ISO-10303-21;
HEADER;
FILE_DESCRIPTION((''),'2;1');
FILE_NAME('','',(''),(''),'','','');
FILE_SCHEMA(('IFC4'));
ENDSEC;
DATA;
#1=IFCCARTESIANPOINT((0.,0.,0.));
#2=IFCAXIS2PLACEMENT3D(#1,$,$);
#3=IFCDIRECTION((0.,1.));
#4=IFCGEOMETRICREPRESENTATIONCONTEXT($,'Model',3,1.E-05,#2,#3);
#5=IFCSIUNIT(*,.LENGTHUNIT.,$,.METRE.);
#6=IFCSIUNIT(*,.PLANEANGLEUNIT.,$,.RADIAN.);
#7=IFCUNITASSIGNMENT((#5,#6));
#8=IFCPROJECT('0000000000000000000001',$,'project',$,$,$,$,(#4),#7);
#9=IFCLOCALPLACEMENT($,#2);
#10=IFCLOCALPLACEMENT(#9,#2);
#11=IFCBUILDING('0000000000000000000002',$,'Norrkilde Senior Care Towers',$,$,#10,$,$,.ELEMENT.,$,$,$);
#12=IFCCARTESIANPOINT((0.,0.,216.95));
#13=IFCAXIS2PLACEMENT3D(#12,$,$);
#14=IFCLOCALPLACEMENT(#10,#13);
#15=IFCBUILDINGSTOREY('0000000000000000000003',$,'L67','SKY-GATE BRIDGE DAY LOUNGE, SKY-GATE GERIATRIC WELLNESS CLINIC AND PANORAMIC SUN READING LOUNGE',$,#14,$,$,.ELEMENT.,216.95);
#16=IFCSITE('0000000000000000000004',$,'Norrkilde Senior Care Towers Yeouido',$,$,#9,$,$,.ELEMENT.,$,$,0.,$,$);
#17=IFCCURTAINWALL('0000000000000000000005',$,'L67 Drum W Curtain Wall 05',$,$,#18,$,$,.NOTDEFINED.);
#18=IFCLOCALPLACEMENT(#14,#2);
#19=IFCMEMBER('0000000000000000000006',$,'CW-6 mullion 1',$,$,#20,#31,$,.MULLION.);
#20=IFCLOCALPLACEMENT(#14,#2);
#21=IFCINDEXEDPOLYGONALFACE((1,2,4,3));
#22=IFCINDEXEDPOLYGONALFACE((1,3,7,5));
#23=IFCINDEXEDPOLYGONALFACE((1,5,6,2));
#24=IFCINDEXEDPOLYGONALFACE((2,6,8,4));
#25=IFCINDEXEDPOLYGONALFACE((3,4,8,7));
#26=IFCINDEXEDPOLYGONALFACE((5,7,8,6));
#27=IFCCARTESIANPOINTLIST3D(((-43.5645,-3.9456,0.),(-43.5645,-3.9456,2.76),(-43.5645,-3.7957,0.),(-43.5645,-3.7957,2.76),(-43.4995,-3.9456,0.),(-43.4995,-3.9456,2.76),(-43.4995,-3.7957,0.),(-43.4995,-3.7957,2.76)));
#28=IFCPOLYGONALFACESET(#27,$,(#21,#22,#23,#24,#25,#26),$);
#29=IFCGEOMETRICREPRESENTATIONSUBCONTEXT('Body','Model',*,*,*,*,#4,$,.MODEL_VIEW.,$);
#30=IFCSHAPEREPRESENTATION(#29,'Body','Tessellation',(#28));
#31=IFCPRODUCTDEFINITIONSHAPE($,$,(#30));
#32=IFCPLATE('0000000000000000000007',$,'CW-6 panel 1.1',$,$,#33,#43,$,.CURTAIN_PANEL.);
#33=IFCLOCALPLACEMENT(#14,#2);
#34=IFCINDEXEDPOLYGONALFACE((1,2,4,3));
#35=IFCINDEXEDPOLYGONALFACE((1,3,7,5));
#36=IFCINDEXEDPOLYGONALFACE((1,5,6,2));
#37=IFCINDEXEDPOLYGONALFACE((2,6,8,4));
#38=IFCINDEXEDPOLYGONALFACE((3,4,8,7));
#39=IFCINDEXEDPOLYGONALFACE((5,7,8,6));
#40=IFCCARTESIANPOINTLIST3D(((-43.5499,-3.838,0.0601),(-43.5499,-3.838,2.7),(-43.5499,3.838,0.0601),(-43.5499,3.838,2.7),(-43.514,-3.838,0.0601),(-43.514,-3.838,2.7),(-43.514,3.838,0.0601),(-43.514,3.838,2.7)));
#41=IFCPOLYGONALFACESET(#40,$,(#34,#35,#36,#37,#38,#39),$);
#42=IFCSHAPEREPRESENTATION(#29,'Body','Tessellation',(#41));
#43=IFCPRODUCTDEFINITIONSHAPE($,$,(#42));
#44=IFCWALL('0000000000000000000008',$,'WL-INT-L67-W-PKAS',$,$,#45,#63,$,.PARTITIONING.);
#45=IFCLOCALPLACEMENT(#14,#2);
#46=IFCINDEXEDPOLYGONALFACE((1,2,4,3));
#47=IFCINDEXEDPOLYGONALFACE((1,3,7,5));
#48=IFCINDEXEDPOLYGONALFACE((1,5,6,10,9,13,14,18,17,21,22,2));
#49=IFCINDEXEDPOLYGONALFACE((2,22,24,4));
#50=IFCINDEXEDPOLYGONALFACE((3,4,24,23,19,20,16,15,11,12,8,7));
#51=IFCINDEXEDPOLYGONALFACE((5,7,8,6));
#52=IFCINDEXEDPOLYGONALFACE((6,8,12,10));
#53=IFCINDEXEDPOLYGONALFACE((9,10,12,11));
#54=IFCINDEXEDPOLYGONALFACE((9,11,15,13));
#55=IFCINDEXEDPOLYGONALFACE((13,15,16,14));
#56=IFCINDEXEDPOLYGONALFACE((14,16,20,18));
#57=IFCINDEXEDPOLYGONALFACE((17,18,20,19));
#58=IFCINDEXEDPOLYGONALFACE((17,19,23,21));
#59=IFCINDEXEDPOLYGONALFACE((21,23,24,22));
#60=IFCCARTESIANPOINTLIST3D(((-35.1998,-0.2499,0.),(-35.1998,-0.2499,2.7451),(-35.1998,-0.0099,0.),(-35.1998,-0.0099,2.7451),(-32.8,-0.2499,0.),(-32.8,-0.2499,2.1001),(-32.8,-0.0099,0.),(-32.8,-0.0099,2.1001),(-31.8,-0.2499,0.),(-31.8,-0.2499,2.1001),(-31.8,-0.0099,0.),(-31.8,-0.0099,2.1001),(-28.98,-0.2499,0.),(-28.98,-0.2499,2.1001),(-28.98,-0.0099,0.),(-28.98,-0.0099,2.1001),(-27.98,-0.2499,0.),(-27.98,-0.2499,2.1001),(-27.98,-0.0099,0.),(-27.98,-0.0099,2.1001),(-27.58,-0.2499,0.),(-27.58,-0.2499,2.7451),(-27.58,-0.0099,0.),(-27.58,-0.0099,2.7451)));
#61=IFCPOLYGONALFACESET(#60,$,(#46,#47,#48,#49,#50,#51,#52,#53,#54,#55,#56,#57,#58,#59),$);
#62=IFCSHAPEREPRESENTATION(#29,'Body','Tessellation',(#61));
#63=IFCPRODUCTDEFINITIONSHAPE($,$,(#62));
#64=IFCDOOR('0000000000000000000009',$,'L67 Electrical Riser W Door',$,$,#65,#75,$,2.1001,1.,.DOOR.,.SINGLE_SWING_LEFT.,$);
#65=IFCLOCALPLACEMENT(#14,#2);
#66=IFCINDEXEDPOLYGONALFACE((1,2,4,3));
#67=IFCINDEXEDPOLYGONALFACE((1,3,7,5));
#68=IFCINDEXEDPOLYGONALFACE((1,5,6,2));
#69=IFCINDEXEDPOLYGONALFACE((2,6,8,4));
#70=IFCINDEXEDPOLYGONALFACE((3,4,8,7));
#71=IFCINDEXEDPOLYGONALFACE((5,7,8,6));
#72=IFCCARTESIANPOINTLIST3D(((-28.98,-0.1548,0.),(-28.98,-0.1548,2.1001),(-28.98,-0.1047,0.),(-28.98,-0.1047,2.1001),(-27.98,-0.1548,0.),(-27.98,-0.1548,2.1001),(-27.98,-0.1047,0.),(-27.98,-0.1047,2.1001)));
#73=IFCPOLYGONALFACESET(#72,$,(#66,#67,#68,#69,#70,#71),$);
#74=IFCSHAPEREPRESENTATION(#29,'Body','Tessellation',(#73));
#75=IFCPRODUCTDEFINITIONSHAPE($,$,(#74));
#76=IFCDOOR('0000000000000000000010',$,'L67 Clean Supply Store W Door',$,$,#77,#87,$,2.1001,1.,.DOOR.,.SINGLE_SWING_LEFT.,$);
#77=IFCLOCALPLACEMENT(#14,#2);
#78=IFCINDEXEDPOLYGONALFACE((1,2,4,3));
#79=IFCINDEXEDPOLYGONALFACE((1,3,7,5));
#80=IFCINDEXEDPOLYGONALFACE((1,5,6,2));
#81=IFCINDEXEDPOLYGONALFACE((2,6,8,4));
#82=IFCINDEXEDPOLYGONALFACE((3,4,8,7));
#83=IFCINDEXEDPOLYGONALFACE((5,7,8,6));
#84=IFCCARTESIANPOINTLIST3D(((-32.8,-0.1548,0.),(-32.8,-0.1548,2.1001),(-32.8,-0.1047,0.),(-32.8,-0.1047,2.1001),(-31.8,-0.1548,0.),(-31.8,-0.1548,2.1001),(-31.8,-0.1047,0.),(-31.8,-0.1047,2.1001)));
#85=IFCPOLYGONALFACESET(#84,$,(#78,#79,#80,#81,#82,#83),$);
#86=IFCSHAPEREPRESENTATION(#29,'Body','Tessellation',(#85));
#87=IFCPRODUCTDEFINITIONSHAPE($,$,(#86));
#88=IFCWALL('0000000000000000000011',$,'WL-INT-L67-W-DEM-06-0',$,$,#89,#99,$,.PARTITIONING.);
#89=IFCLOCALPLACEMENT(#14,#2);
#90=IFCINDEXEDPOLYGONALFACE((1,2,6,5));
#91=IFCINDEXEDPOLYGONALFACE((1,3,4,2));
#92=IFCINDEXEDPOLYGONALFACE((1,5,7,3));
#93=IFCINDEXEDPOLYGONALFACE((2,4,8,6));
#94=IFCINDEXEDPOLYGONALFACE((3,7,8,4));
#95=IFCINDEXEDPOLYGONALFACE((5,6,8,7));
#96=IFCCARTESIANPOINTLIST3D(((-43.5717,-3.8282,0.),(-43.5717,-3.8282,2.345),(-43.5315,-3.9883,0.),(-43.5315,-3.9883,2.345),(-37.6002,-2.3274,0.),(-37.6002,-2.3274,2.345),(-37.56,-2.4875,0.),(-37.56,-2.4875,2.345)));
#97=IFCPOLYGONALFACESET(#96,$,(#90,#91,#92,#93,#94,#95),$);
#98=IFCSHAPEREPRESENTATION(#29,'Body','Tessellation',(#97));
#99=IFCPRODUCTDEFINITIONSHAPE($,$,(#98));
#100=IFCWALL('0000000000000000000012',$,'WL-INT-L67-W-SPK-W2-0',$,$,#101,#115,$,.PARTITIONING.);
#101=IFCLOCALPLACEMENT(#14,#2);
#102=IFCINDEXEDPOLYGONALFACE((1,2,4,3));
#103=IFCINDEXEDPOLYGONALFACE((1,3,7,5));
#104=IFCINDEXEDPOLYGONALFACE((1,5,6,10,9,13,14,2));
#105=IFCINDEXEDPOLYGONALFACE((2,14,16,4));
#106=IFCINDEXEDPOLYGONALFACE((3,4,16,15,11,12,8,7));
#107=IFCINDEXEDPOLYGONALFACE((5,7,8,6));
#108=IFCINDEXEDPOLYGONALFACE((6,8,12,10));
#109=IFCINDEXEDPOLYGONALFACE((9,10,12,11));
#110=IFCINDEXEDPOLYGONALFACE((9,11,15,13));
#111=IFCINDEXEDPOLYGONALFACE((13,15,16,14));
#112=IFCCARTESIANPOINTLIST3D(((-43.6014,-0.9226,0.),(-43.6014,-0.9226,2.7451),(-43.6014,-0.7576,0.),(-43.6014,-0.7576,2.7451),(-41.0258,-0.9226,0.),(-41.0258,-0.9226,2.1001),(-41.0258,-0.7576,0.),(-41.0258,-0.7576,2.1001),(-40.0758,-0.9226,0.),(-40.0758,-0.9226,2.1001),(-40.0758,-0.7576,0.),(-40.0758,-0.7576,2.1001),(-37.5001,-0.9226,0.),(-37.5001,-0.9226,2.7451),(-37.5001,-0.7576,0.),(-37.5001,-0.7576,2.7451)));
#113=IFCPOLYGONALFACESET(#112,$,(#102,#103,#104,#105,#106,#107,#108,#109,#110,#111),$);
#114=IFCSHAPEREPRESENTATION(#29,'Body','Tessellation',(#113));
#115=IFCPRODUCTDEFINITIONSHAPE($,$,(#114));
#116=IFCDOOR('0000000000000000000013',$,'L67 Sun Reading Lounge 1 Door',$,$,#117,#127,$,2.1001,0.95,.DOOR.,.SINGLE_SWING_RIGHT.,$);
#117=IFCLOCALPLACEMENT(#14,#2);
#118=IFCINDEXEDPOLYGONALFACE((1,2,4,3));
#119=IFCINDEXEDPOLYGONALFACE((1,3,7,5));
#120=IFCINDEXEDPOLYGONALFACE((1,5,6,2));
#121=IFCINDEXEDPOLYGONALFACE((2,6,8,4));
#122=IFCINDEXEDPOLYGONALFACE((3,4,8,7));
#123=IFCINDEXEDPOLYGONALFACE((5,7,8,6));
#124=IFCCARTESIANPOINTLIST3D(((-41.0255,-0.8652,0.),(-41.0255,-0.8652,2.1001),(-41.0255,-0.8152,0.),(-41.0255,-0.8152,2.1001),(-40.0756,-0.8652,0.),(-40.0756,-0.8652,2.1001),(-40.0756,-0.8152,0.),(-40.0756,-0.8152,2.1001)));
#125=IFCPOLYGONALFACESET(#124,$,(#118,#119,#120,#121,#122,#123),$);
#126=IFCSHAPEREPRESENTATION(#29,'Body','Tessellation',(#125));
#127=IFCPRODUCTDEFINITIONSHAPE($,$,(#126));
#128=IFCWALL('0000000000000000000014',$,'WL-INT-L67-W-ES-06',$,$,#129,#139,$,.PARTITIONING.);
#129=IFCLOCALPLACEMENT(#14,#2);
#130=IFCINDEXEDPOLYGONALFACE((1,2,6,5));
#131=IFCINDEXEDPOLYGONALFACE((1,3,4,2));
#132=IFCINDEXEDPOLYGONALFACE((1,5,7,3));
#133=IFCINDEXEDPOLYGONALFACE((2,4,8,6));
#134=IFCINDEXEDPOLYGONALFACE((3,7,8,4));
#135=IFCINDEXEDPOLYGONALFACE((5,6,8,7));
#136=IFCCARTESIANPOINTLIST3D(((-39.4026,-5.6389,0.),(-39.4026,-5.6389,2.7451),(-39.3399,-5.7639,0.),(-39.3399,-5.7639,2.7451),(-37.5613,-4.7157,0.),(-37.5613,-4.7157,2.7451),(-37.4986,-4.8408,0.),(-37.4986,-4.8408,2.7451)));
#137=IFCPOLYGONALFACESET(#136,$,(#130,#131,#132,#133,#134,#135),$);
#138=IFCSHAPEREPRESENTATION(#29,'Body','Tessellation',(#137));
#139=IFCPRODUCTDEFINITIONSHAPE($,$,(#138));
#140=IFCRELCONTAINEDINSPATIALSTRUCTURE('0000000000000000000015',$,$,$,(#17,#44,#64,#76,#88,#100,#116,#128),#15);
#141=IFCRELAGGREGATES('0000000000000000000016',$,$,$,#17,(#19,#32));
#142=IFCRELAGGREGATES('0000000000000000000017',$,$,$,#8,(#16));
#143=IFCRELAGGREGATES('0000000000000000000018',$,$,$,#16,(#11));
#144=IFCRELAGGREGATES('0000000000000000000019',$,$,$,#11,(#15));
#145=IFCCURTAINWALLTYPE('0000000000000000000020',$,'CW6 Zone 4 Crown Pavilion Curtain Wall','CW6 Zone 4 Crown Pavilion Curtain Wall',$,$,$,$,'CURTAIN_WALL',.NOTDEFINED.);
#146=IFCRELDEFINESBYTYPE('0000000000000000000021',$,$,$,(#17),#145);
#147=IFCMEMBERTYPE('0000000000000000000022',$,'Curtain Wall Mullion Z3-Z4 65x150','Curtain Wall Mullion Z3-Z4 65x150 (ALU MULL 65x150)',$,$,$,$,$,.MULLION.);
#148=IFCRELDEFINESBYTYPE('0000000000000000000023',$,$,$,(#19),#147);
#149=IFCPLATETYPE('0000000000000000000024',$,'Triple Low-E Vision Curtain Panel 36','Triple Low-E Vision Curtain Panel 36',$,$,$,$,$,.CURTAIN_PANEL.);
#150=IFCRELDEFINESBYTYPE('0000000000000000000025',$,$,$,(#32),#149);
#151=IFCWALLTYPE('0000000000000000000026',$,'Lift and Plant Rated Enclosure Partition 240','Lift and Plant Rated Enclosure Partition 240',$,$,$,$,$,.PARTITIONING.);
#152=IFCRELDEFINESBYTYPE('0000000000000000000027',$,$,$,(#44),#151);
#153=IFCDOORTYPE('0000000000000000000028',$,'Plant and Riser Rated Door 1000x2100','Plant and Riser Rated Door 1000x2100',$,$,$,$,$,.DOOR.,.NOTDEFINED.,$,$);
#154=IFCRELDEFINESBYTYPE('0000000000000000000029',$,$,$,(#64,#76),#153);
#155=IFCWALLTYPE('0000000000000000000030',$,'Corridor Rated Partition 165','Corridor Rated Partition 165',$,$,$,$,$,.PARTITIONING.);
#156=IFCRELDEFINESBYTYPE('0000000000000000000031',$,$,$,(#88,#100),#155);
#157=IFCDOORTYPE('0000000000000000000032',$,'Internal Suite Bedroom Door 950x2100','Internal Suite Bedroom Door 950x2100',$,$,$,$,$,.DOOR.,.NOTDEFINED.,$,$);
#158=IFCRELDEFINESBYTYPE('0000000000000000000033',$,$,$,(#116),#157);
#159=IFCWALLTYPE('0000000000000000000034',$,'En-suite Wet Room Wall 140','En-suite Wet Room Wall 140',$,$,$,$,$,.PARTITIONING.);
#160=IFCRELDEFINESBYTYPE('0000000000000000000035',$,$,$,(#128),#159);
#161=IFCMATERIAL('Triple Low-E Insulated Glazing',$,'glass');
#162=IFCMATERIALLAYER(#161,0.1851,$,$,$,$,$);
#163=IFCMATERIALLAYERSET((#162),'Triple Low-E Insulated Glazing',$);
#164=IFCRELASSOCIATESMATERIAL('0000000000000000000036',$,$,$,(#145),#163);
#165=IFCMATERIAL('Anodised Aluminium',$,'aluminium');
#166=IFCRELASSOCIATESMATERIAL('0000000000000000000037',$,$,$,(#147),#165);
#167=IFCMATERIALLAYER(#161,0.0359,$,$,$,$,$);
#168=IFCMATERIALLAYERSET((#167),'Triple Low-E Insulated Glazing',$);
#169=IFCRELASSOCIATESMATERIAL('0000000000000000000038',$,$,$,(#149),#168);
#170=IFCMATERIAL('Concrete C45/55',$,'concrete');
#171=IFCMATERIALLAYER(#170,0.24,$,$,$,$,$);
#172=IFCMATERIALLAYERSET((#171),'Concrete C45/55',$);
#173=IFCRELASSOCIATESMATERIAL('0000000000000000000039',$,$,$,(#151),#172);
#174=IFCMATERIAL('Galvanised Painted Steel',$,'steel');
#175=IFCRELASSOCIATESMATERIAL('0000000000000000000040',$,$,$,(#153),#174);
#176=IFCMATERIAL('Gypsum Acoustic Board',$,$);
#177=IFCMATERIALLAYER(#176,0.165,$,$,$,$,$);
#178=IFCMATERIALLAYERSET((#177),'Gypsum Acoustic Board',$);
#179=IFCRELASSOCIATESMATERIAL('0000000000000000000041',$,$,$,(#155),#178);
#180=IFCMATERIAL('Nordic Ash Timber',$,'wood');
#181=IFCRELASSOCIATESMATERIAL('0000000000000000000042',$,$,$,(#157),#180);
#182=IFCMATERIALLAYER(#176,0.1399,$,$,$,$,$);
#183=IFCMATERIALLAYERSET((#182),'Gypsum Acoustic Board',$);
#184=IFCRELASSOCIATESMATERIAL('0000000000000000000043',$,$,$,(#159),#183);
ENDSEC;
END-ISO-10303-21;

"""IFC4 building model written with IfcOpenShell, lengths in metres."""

from ifc_helpers import new_model, si_unit, direction, frame, frame_2d, origin, origin_2d, place, context, subcontext, project, spatial, rectangle, extrude, source, transform, mapped, material, layer, layer_set, material_profile, profile_set, type_object, type_shapes, element, fill, aggregate, save


model = new_model("IFC4")

# Units and contexts
model_context = context("Model", 3, precision=1e-05, world=origin(), true_north=direction((0.0, 1.0)))
body_context = subcontext(model_context, "Body", "Model", "MODEL_VIEW")
ifc_project = project(units=[si_unit("LENGTHUNIT", "METRE"), si_unit("PLANEANGLEUNIT", "RADIAN")], contexts=[model_context])

# Site, building, storey
site_placement = place(None, origin())
site = spatial("IfcSite", under=ifc_project, at=site_placement, Name="Norrkilde Senior Care Towers Yeouido", CompositionType="ELEMENT", RefElevation=0.0)
building_placement = place(site_placement, origin())
building = spatial("IfcBuilding", under=site, at=building_placement, Name="Norrkilde Senior Care Towers", CompositionType="ELEMENT")
storey_placement = place(building_placement, frame((0.0, 0.0, 216.95)))
storey = spatial("IfcBuildingStorey", under=building, at=storey_placement, Name="L67", Description="SKY-GATE BRIDGE DAY LOUNGE, SKY-GATE GERIATRIC WELLNESS CLINIC AND PANORAMIC SUN READING LOUNGE", CompositionType="ELEMENT", Elevation=216.95)

# Curtain wall, member, plate
ifc_material_1 = material(Name="Triple Low-E Insulated Glazing", Category="glass")
ifc_layer_1 = layer(ifc_material_1, 0.1851)
ifc_layer_set_1 = layer_set([ifc_layer_1], Name="Triple Low-E Insulated Glazing")
curtain_wall_type = type_object("IfcCurtainWallType", Name="CW6 Zone 4 Crown Pavilion Curtain Wall", Description="CW6 Zone 4 Crown Pavilion Curtain Wall", ElementType="CURTAIN_WALL", PredefinedType="NOTDEFINED", material=ifc_layer_set_1)
curtain_wall_placement = place(storey_placement, origin())
curtain_wall = element("IfcCurtainWall", 1, at=curtain_wall_placement, inside=storey, type_object=curtain_wall_type, Name="L67 Drum W Curtain Wall 05", PredefinedType="NOTDEFINED")
ifc_material_2 = material(Name="Anodised Aluminium", Category="aluminium")
ifc_material_profile_1 = material_profile(ifc_material_2, rectangle(XDim=0.0649, YDim=0.1499, at=origin_2d()), Name="ALU MULL 65x150")
ifc_profile_set_1 = profile_set([ifc_material_profile_1], Name="Anodised Aluminium")
member_type_1 = type_object("IfcMemberType", Name="Curtain Wall Mullion Z3-Z4 65x150", Description="Curtain Wall Mullion Z3-Z4 65x150 (ALU MULL 65x150)", PredefinedType="MULLION", material=ifc_profile_set_1)
shared_shape_1 = source(origin(), body_context, "Body", "SweptSolid", [
    extrude(rectangle(XDim=0.0649, YDim=0.1499, at=origin_2d()), origin(), (0.0, 0.0, 1.0), 2.76),
])
type_shapes(member_type_1, [shared_shape_1])
member_1_placement = place(storey_placement, frame((-43.532, -3.8706, 0.0), z_axis=(0.0, 0.0, 1.0), x_axis=(-1.0, 0.0, 0.0)))
member_1 = element("IfcMember", 2, at=member_1_placement, type_object=member_type_1, Name="CW-6 mullion 1", PredefinedType="MULLION", context=body_context, shape_type="MappedRepresentation", body=[
    mapped(shared_shape_1, transform((0.0, 0.0, 0.0), x_axis=(1.0, 0.0, 0.0), y_axis=(0.0, 1.0, 0.0), z_axis=(0.0, 0.0, 1.0), scale=1.0)),
])
ifc_layer_2 = layer(ifc_material_1, 0.0359)
ifc_layer_set_2 = layer_set([ifc_layer_2], Name="Triple Low-E Insulated Glazing")
plate_type = type_object("IfcPlateType", Name="Triple Low-E Vision Curtain Panel 36", Description="Triple Low-E Vision Curtain Panel 36", PredefinedType="CURTAIN_PANEL", material=ifc_layer_set_2)
shared_shape_2 = source(origin(), body_context, "Body", "SweptSolid", [
    extrude(rectangle(XDim=7.676, YDim=0.0359, at=origin_2d()), origin(), (0.0, 0.0, 1.0), 2.6399),
])
type_shapes(plate_type, [shared_shape_2])
plate_placement = place(storey_placement, frame((-43.532, 0.0, 0.0601), z_axis=(0.0, 0.0, 1.0), x_axis=(0.0, 1.0, 0.0)))
plate = element("IfcPlate", 3, at=plate_placement, type_object=plate_type, Name="CW-6 panel 1.1", PredefinedType="CURTAIN_PANEL", context=body_context, shape_type="MappedRepresentation", body=[
    mapped(shared_shape_2, transform((0.0, 0.0, 0.0), x_axis=(1.0, 0.0, 0.0), y_axis=(0.0, 1.0, 0.0), z_axis=(0.0, 0.0, 1.0), scale=1.0)),
])
aggregate(curtain_wall, [member_1, plate])

# Shared definitions
ifc_material_3 = material(Name="Galvanised Painted Steel", Category="steel")
ifc_material_4 = material(Name="Concrete C45/55", Category="concrete")

# Wall, openings, doors
ifc_layer_3 = layer(ifc_material_4, 0.24)
ifc_layer_set_3 = layer_set([ifc_layer_3], Name="Concrete C45/55")
wall_type_1 = type_object("IfcWallType", Name="Lift and Plant Rated Enclosure Partition 240", Description="Lift and Plant Rated Enclosure Partition 240", PredefinedType="PARTITIONING", material=ifc_layer_set_3)
shared_shape_3 = source(origin(), body_context, "Body", "SweptSolid", [
    extrude(rectangle(XDim=7.6199, YDim=0.24, at=frame_2d((3.8101, 0.0))), origin(), (0.0, 0.0, 1.0), 2.7451),
])
type_shapes(wall_type_1, [shared_shape_3])
wall_1_placement = place(storey_placement, frame((-35.2, -0.1299, 0.0), z_axis=(0.0, 0.0, 1.0), x_axis=(1.0, 0.0, 0.0)))
wall_1 = element("IfcWall", 4, at=wall_1_placement, inside=storey, type_object=wall_type_1, Name="WL-INT-L67-W-PKAS", PredefinedType="PARTITIONING", context=body_context, shape_type="MappedRepresentation", body=[
    mapped(shared_shape_3, transform((0.0, 0.0, 0.0), x_axis=(1.0, 0.0, 0.0), y_axis=(0.0, 1.0, 0.0), z_axis=(0.0, 0.0, 1.0), scale=1.0)),
])
opening_1_placement = place(wall_1_placement, frame((6.22, 0.0, 0.0)))
opening_1 = element("IfcOpeningElement", 5, at=opening_1_placement, cuts=wall_1, PredefinedType="OPENING", context=body_context, shape_type="SweptSolid", body=[
    extrude(rectangle(XDim=1.0, YDim=2.1001, at=frame_2d((0.5, 1.05))), frame((0.0, 0.1299, 0.0), z_axis=(0.0, -1.0, 0.0), x_axis=(1.0, 0.0, 0.0)), (0.0, 0.0, 1.0), 0.26),
])
opening_2_placement = place(wall_1_placement, frame((2.3999, 0.0, 0.0)))
opening_2 = element("IfcOpeningElement", 6, at=opening_2_placement, cuts=wall_1, PredefinedType="OPENING", context=body_context, shape_type="SweptSolid", body=[
    extrude(rectangle(XDim=1.0, YDim=2.1001, at=frame_2d((0.5, 1.05))), frame((0.0, 0.1299, 0.0), z_axis=(0.0, -1.0, 0.0), x_axis=(1.0, 0.0, 0.0)), (0.0, 0.0, 1.0), 0.26),
])
door_type_1 = type_object("IfcDoorType", Name="Plant and Riser Rated Door 1000x2100", Description="Plant and Riser Rated Door 1000x2100", OperationType="NOTDEFINED", PredefinedType="DOOR", material=ifc_material_3)
shared_shape_4 = source(origin(), body_context, "Body", "SweptSolid", [
    extrude(rectangle(XDim=1.0, YDim=2.1001, at=frame_2d((0.5, 1.05))), frame((0.0, 0.0249, 0.0), z_axis=(0.0, -1.0, 0.0), x_axis=(1.0, 0.0, 0.0)), (0.0, 0.0, 1.0), 0.05),
])
type_shapes(door_type_1, [shared_shape_4])
door_1_placement = place(opening_1_placement, frame((1.0, 0.0, 0.0), z_axis=(0.0, 0.0, 1.0), x_axis=(-1.0, 0.0, 0.0)))
door_1 = element("IfcDoor", 7, at=door_1_placement, inside=storey, type_object=door_type_1, Name="L67 Electrical Riser W Door", OperationType="SINGLE_SWING_LEFT", OverallHeight=2.1001, OverallWidth=1.0, PredefinedType="DOOR", context=body_context, shape_type="MappedRepresentation", body=[
    mapped(shared_shape_4, transform((0.0, 0.0, 0.0), x_axis=(1.0, 0.0, 0.0), y_axis=(0.0, 1.0, 0.0), z_axis=(0.0, 0.0, 1.0), scale=1.0)),
])
fill(opening_1, door_1)
door_2_placement = place(opening_2_placement, frame((1.0, 0.0, 0.0), z_axis=(0.0, 0.0, 1.0), x_axis=(-1.0, 0.0, 0.0)))
door_2 = element("IfcDoor", 8, at=door_2_placement, inside=storey, type_object=door_type_1, Name="L67 Clean Supply Store W Door", OperationType="SINGLE_SWING_LEFT", OverallHeight=2.1001, OverallWidth=1.0, PredefinedType="DOOR", context=body_context, shape_type="MappedRepresentation", body=[
    mapped(shared_shape_4, transform((0.0, 0.0, 0.0), x_axis=(1.0, 0.0, 0.0), y_axis=(0.0, 1.0, 0.0), z_axis=(0.0, 0.0, 1.0), scale=1.0)),
])
fill(opening_2, door_2)

# Wall
ifc_material_5 = material(Name="Gypsum Acoustic Board")
ifc_layer_4 = layer(ifc_material_5, 0.165)
ifc_layer_set_4 = layer_set([ifc_layer_4], Name="Gypsum Acoustic Board")
wall_type_2 = type_object("IfcWallType", Name="Corridor Rated Partition 165", Description="Corridor Rated Partition 165", PredefinedType="PARTITIONING", material=ifc_layer_set_4)
shared_shape_5 = source(origin(), body_context, "Body", "SweptSolid", [
    extrude(rectangle(XDim=6.1572, YDim=0.165, at=frame_2d((3.0786, 0.0))), origin(), (0.0, 0.0, 1.0), 2.345),
])
wall_2_placement = place(storey_placement, frame((-37.5801, -2.4075, 0.0), z_axis=(0.0, 0.0, 1.0), x_axis=(-0.969841, -0.243739, 0.0)))
element("IfcWall", 9, at=wall_2_placement, inside=storey, type_object=wall_type_2, Name="WL-INT-L67-W-DEM-06-0", PredefinedType="PARTITIONING", context=body_context, shape_type="MappedRepresentation", body=[
    mapped(shared_shape_5, transform((0.0, 0.0, 0.0), x_axis=(1.0, 0.0, 0.0), y_axis=(0.0, 1.0, 0.0), z_axis=(0.0, 0.0, 1.0), scale=1.0)),
])

# Wall, opening, door
shared_shape_6 = source(origin(), body_context, "Body", "SweptSolid", [
    extrude(rectangle(XDim=6.1013, YDim=0.165, at=frame_2d((3.0508, 0.0))), origin(), (0.0, 0.0, 1.0), 2.7451),
])
type_shapes(wall_type_2, [shared_shape_5, shared_shape_6])
wall_3_placement = place(storey_placement, frame((-37.5, -0.8401, 0.0), z_axis=(0.0, 0.0, 1.0), x_axis=(-1.0, 0.0, 0.0)))
wall_3 = element("IfcWall", 10, at=wall_3_placement, inside=storey, type_object=wall_type_2, Name="WL-INT-L67-W-SPK-W2-0", PredefinedType="PARTITIONING", context=body_context, shape_type="MappedRepresentation", body=[
    mapped(shared_shape_6, transform((0.0, 0.0, 0.0), x_axis=(1.0, 0.0, 0.0), y_axis=(0.0, 1.0, 0.0), z_axis=(0.0, 0.0, 1.0), scale=1.0)),
])
opening_3_placement = place(wall_3_placement, frame((2.5757, 0.0, 0.0)))
opening_3 = element("IfcOpeningElement", 11, at=opening_3_placement, cuts=wall_3, PredefinedType="OPENING", context=body_context, shape_type="SweptSolid", body=[
    extrude(rectangle(XDim=0.95, YDim=2.1001, at=frame_2d((0.4751, 1.05))), frame((0.0, 0.0925, 0.0), z_axis=(0.0, -1.0, 0.0), x_axis=(1.0, 0.0, 0.0)), (0.0, 0.0, 1.0), 0.1851),
])
ifc_material_6 = material(Name="Nordic Ash Timber", Category="wood")
door_type_2 = type_object("IfcDoorType", Name="Internal Suite Bedroom Door 950x2100", Description="Internal Suite Bedroom Door 950x2100", OperationType="NOTDEFINED", PredefinedType="DOOR", material=ifc_material_6)
shared_shape_7 = source(origin(), body_context, "Body", "SweptSolid", [
    extrude(rectangle(XDim=0.95, YDim=2.1001, at=frame_2d((0.4751, 1.05))), frame((0.0, 0.0249, 0.0), z_axis=(0.0, -1.0, 0.0), x_axis=(1.0, 0.0, 0.0)), (0.0, 0.0, 1.0), 0.05),
])
type_shapes(door_type_2, [shared_shape_7])
door_3_placement = place(opening_3_placement, frame((0.95, 0.0, 0.0), z_axis=(0.0, 0.0, 1.0), x_axis=(-1.0, 0.0, 0.0)))
door_3 = element("IfcDoor", 12, at=door_3_placement, inside=storey, type_object=door_type_2, Name="L67 Sun Reading Lounge 1 Door", OperationType="SINGLE_SWING_RIGHT", OverallHeight=2.1001, OverallWidth=0.95, PredefinedType="DOOR", context=body_context, shape_type="MappedRepresentation", body=[
    mapped(shared_shape_7, transform((0.0, 0.0, 0.0), x_axis=(1.0, 0.0, 0.0), y_axis=(0.0, 1.0, 0.0), z_axis=(0.0, 0.0, 1.0), scale=1.0)),
])
fill(opening_3, door_3)

# Wall
ifc_layer_5 = layer(ifc_material_5, 0.1399)
ifc_layer_set_5 = layer_set([ifc_layer_5], Name="Gypsum Acoustic Board")
wall_type_3 = type_object("IfcWallType", Name="En-suite Wet Room Wall 140", Description="En-suite Wet Room Wall 140", PredefinedType="PARTITIONING", material=ifc_layer_set_5)
shared_shape_8 = source(origin(), body_context, "Body", "SweptSolid", [
    extrude(rectangle(XDim=2.0598, YDim=0.1399, at=frame_2d((1.0298, 0.0))), origin(), (0.0, 0.0, 1.0), 2.7451),
])
type_shapes(wall_type_3, [shared_shape_8])
wall_4_placement = place(storey_placement, frame((-37.53, -4.7783, 0.0), z_axis=(0.0, 0.0, 1.0), x_axis=(-0.893953, -0.448162, 0.0)))
element("IfcWall", 13, at=wall_4_placement, inside=storey, type_object=wall_type_3, Name="WL-INT-L67-W-ES-06", PredefinedType="PARTITIONING", context=body_context, shape_type="MappedRepresentation", body=[
    mapped(shared_shape_8, transform((0.0, 0.0, 0.0), x_axis=(1.0, 0.0, 0.0), y_axis=(0.0, 1.0, 0.0), z_axis=(0.0, 0.0, 1.0), scale=1.0)),
])

save(model, "model.ifc")
